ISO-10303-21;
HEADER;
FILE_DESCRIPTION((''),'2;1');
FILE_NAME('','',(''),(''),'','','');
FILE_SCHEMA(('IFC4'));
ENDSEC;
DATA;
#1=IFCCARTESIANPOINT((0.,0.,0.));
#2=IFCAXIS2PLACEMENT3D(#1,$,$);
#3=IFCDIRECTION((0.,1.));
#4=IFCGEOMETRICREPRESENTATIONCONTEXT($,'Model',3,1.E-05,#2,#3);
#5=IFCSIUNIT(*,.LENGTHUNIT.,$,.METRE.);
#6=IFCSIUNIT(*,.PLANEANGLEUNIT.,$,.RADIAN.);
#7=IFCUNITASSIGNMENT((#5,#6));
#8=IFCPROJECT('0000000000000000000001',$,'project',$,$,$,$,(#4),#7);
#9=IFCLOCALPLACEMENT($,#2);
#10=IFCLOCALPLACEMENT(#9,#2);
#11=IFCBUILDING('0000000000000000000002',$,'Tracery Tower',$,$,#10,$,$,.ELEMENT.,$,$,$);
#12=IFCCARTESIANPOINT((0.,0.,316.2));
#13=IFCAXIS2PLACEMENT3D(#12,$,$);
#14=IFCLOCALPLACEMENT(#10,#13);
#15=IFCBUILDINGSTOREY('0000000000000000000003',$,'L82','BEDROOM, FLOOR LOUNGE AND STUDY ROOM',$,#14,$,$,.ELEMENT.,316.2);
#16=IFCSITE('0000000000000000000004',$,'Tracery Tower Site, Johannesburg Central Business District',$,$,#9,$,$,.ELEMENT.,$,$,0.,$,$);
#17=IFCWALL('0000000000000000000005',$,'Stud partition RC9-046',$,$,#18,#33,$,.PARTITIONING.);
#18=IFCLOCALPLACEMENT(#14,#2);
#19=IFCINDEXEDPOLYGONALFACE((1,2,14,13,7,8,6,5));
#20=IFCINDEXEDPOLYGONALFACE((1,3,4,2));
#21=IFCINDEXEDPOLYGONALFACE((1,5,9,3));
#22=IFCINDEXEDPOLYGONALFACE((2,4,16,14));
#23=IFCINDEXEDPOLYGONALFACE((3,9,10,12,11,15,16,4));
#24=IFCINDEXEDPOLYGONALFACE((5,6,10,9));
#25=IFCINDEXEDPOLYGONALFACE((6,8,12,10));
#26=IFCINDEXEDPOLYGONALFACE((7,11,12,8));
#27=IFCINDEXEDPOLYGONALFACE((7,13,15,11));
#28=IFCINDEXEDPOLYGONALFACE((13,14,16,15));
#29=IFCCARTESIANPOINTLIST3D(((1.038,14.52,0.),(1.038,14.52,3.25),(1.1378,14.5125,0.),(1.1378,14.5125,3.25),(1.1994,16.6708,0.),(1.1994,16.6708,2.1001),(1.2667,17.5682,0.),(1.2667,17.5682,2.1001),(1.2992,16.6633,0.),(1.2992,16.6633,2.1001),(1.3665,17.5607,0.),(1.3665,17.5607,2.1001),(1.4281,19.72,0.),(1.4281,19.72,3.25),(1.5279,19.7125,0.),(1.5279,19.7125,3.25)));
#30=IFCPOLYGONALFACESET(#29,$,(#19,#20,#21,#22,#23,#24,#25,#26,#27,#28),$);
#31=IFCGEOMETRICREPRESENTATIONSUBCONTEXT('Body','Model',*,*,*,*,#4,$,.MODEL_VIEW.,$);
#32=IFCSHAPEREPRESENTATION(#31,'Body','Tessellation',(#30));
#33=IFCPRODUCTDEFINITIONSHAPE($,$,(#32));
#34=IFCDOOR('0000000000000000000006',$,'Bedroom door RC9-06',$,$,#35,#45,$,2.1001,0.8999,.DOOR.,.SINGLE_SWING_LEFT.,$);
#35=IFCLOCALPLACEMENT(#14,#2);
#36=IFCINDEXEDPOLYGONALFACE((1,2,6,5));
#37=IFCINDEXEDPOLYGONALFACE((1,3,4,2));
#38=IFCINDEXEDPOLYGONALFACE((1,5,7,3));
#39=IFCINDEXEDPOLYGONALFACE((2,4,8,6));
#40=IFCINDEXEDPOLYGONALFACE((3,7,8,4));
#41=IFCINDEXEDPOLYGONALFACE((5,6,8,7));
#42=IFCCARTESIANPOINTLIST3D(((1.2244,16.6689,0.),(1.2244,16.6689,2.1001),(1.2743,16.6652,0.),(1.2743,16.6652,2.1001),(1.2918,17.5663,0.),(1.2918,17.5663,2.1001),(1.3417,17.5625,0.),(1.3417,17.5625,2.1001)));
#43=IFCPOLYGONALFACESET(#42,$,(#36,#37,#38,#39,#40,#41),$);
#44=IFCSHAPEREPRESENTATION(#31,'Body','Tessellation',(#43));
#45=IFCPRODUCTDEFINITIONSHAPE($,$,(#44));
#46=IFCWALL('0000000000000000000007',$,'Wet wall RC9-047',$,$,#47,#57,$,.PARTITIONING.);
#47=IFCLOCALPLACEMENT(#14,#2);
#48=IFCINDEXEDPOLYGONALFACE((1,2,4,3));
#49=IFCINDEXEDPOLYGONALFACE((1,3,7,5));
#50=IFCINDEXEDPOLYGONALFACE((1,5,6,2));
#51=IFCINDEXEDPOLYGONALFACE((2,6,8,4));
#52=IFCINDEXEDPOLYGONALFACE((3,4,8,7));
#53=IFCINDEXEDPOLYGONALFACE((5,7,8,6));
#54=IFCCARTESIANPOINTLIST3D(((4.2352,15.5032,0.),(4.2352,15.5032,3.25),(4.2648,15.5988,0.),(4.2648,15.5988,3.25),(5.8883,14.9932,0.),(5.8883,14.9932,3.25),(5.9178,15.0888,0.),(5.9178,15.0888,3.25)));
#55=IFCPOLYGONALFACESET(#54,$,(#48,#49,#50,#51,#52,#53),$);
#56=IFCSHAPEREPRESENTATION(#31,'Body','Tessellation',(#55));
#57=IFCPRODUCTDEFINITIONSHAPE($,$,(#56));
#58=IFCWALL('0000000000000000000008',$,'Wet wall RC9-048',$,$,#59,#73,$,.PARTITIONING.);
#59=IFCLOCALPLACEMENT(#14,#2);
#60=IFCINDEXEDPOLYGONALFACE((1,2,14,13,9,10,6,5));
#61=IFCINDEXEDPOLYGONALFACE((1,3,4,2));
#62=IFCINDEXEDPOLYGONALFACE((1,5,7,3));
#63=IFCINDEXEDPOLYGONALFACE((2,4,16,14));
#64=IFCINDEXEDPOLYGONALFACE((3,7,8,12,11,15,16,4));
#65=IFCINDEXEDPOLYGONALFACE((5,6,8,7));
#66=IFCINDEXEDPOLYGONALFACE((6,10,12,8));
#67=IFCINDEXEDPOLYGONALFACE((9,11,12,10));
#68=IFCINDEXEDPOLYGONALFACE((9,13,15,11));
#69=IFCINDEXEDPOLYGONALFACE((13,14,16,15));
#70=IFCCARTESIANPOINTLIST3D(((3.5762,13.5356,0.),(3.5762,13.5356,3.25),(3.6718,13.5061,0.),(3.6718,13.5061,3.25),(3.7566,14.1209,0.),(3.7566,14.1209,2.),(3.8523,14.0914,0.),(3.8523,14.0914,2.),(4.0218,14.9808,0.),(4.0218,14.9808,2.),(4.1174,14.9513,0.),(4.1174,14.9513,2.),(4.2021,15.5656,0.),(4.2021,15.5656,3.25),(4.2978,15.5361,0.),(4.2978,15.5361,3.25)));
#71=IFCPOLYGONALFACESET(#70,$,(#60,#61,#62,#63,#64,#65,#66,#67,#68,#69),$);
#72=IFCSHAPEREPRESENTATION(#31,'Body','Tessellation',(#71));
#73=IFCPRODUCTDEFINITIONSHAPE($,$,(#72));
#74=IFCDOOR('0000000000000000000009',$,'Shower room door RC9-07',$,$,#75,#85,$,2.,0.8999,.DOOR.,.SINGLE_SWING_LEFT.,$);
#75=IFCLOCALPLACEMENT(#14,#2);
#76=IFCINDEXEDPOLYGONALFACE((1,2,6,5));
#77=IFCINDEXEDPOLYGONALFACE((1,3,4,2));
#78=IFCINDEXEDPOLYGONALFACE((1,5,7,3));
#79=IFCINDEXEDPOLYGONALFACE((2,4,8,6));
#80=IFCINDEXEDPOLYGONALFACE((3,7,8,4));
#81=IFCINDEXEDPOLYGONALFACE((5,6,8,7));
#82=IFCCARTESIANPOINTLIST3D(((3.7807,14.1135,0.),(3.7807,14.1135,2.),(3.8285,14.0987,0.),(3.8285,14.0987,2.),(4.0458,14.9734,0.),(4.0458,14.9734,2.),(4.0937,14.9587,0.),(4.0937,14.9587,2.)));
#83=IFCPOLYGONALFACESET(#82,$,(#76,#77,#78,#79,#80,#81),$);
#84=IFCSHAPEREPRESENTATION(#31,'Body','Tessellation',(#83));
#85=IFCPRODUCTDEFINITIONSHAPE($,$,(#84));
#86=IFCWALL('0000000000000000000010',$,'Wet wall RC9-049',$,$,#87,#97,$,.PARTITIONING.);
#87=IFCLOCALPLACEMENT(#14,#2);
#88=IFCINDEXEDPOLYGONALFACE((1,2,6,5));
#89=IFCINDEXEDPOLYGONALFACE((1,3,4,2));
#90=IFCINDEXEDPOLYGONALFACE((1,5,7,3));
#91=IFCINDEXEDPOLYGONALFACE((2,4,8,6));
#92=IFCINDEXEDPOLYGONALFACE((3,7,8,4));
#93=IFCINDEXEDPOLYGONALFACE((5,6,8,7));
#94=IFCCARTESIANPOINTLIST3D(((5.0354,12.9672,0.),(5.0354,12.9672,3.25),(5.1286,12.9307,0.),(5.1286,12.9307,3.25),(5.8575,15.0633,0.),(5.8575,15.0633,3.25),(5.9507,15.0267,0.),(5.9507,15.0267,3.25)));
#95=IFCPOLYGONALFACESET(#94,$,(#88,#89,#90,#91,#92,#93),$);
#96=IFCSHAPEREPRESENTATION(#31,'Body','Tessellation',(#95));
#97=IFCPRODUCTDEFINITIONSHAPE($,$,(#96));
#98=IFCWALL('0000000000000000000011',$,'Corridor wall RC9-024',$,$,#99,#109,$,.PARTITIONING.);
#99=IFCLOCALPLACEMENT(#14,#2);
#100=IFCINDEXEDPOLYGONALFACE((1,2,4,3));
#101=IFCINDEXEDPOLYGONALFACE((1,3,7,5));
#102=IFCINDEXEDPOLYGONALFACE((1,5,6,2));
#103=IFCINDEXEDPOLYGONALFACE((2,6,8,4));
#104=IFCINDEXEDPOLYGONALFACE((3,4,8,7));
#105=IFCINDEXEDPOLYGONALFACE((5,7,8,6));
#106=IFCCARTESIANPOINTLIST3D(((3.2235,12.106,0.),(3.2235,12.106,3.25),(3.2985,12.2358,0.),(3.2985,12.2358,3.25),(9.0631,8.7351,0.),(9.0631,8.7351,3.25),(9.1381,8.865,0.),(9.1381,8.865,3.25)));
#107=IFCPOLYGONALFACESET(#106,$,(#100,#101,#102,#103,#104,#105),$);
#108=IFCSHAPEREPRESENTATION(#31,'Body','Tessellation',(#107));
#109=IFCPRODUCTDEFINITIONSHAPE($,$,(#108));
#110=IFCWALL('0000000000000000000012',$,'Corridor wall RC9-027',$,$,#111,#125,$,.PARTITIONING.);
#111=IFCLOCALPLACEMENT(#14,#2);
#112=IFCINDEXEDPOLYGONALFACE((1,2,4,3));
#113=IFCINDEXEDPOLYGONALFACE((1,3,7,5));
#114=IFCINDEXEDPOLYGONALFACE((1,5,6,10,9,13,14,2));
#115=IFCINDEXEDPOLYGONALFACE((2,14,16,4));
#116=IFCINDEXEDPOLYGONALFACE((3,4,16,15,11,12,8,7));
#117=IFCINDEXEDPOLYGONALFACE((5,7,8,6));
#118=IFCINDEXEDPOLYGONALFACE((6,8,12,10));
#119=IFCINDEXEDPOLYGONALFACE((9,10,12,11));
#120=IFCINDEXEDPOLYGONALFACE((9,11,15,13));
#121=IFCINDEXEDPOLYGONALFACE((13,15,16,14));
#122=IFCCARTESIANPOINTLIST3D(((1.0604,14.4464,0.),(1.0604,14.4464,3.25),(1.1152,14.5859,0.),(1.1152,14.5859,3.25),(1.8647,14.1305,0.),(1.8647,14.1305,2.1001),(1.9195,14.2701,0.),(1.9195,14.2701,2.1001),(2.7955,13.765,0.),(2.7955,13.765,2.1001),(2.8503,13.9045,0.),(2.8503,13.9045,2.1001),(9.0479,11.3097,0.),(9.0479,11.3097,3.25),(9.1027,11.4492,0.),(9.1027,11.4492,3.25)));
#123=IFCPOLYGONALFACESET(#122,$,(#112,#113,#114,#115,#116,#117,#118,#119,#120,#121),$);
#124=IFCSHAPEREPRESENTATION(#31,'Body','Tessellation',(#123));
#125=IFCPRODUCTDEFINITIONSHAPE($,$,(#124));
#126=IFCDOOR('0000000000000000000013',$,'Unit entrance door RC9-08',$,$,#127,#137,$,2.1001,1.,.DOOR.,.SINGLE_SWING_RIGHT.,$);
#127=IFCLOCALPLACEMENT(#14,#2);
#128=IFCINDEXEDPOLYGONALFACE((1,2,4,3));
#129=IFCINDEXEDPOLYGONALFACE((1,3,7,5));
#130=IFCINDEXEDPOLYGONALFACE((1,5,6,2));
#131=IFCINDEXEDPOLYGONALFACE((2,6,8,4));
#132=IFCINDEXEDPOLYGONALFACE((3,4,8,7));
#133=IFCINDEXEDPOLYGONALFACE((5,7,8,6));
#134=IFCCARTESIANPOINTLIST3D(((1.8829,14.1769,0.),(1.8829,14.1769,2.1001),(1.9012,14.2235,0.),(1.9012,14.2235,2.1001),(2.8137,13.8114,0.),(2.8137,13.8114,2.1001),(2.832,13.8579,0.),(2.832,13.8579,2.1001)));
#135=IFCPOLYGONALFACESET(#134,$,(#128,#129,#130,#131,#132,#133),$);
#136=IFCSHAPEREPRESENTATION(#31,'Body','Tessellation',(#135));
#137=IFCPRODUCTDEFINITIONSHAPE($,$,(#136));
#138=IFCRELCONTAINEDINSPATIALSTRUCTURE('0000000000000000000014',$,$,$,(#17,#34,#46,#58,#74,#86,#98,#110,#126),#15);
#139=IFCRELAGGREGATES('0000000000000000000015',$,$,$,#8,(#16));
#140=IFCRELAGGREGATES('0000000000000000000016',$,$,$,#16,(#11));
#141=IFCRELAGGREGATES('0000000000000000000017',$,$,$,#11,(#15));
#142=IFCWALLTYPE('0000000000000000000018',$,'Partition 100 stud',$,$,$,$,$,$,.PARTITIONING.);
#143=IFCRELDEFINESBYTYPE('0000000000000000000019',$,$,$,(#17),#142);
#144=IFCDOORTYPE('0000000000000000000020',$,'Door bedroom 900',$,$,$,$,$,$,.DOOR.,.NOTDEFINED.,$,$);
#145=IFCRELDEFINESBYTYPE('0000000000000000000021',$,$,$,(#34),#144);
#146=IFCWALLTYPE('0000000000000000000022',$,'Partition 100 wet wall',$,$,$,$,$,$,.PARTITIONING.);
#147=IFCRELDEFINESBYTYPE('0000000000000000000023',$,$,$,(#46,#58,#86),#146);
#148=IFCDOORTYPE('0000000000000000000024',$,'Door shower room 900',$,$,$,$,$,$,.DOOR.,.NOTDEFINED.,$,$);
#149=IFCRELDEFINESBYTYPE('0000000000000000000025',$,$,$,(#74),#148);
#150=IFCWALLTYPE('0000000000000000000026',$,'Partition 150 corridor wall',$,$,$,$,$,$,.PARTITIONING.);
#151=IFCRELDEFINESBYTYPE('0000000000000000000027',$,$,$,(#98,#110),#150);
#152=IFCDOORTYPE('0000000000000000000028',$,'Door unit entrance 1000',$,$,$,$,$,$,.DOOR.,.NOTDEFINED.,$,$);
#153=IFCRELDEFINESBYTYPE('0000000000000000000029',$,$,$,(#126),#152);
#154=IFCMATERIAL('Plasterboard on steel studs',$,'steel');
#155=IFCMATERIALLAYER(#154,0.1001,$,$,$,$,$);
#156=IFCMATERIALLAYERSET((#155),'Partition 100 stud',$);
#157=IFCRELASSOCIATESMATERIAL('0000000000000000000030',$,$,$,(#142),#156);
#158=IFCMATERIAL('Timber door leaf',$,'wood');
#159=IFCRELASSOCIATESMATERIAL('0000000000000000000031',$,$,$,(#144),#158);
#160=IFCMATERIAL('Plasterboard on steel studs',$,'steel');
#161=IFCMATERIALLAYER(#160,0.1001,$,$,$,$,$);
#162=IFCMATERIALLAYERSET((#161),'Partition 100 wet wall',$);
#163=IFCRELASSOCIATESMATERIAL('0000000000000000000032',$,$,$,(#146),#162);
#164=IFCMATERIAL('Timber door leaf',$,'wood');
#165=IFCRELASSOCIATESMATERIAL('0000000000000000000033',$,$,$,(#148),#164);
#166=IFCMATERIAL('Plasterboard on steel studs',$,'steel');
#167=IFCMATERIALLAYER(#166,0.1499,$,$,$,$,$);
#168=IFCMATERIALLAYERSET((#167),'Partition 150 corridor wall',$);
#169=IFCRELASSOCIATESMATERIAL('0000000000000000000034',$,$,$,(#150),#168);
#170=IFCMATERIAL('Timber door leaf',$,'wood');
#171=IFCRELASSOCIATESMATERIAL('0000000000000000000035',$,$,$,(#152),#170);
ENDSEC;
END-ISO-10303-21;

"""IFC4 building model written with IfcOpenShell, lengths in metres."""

from ifc_helpers import new_model, si_unit, direction, frame, frame_2d, origin, place, context, subcontext, project, spatial, rectangle, extrude, material, layer, layer_set, type_object, element, fill, save


model = new_model("IFC4")

# Units and contexts
model_context = context("Model", 3, precision=1e-05, world=origin(), true_north=direction((0.0, 1.0)))
body_context = subcontext(model_context, "Body", "Model", "MODEL_VIEW")
ifc_project = project(units=[si_unit("LENGTHUNIT", "METRE"), si_unit("PLANEANGLEUNIT", "RADIAN")], contexts=[model_context])

# Site, building, storey
site_placement = place(None, origin())
site = spatial("IfcSite", under=ifc_project, at=site_placement, Name="Tracery Tower Site, Johannesburg Central Business District", CompositionType="ELEMENT", RefElevation=0.0)
building_placement = place(site_placement, origin())
building = spatial("IfcBuilding", under=site, at=building_placement, Name="Tracery Tower", CompositionType="ELEMENT")
storey_placement = place(building_placement, frame((0.0, 0.0, 316.2)))
storey = spatial("IfcBuildingStorey", under=building, at=storey_placement, Name="L82", Description="BEDROOM, FLOOR LOUNGE AND STUDY ROOM", CompositionType="ELEMENT", Elevation=316.2)

# Wall, opening, door
ifc_material_1 = material(Name="Plasterboard on steel studs", Category="steel")
ifc_layer_1 = layer(ifc_material_1, 0.1001)
ifc_layer_set_1 = layer_set([ifc_layer_1], Name="Partition 100 stud")
wall_type_1 = type_object("IfcWallType", Name="Partition 100 stud", PredefinedType="PARTITIONING", material=ifc_layer_set_1)
ifc_material_2 = material(Name="Timber door leaf", Category="wood")
door_type_1 = type_object("IfcDoorType", Name="Door bedroom 900", OperationType="NOTDEFINED", PredefinedType="DOOR", material=ifc_material_2)
wall_1_placement = place(storey_placement, frame((1.0879, 14.5161, 0.0), z_axis=(0.0, 0.0, 1.0), x_axis=(0.074817, 0.997197, 0.0)))
wall_1 = element("IfcWall", 1, at=wall_1_placement, inside=storey, type_object=wall_type_1, Name="Stud partition RC9-046", PredefinedType="PARTITIONING", context=body_context, shape_type="SweptSolid", body=[
    extrude(rectangle(XDim=5.2146, YDim=0.1001, at=frame_2d((2.6074, 0.0))), origin(), (0.0, 0.0, 1.0), 3.25),
])
opening_1_placement = place(wall_1_placement, frame((2.157, 0.0, 0.0)))
opening_1 = element("IfcOpeningElement", 2, at=opening_1_placement, cuts=wall_1, PredefinedType="OPENING", context=body_context, shape_type="SweptSolid", body=[
    extrude(rectangle(XDim=0.8999, YDim=2.1001, at=frame_2d((0.45, 1.05))), frame((0.0, 0.05, 0.0), z_axis=(0.0, -1.0, 0.0), x_axis=(1.0, 0.0, 0.0)), (0.0, 0.0, 1.0), 0.1001),
])
door_1_placement = place(opening_1_placement, origin())
door_1 = element("IfcDoor", 3, at=door_1_placement, inside=storey, type_object=door_type_1, Name="Bedroom door RC9-06", OperationType="SINGLE_SWING_LEFT", OverallHeight=2.1001, OverallWidth=0.8999, PredefinedType="DOOR", context=body_context, shape_type="SweptSolid", body=[
    extrude(rectangle(XDim=0.8999, YDim=2.1001, at=frame_2d((0.45, 1.05))), frame((0.0, 0.0249, 0.0), z_axis=(0.0, -1.0, 0.0), x_axis=(1.0, 0.0, 0.0)), (0.0, 0.0, 1.0), 0.05),
])
fill(opening_1, door_1)

# Wall
ifc_material_3 = material(Name="Plasterboard on steel studs", Category="steel")
ifc_layer_2 = layer(ifc_material_3, 0.1001)
ifc_layer_set_2 = layer_set([ifc_layer_2], Name="Partition 100 wet wall")
wall_type_2 = type_object("IfcWallType", Name="Partition 100 wet wall", PredefinedType="PARTITIONING", material=ifc_layer_set_2)
wall_2_placement = place(storey_placement, frame((4.25, 15.551, 0.0), z_axis=(0.0, 0.0, 1.0), x_axis=(0.955556, -0.29481, 0.0)))
element("IfcWall", 4, at=wall_2_placement, inside=storey, type_object=wall_type_2, Name="Wet wall RC9-047", PredefinedType="PARTITIONING", context=body_context, shape_type="SweptSolid", body=[
    extrude(rectangle(XDim=1.73, YDim=0.1001, at=frame_2d((0.865, 0.0))), origin(), (0.0, 0.0, 1.0), 3.25),
])

# Wall, opening, door
wall_3_placement = place(storey_placement, frame((3.624, 13.521, 0.0), z_axis=(0.0, 0.0, 1.0), x_axis=(0.294667, 0.9556, 0.0)))
wall_3 = element("IfcWall", 5, at=wall_3_placement, inside=storey, type_object=wall_type_2, Name="Wet wall RC9-048", PredefinedType="PARTITIONING", context=body_context, shape_type="SweptSolid", body=[
    extrude(rectangle(XDim=2.1243, YDim=0.1001, at=frame_2d((1.062, 0.0))), origin(), (0.0, 0.0, 1.0), 3.25),
])
opening_2_placement = place(wall_3_placement, frame((0.6123, 0.0, 0.0)))
opening_2 = element("IfcOpeningElement", 6, at=opening_2_placement, cuts=wall_3, PredefinedType="OPENING", context=body_context, shape_type="SweptSolid", body=[
    extrude(rectangle(XDim=0.8999, YDim=2.0, at=frame_2d((0.45, 1.0))), frame((0.0, 0.05, 0.0), z_axis=(0.0, -1.0, 0.0), x_axis=(1.0, 0.0, 0.0)), (0.0, 0.0, 1.0), 0.1001),
])
ifc_material_4 = material(Name="Timber door leaf", Category="wood")
door_type_2 = type_object("IfcDoorType", Name="Door shower room 900", OperationType="NOTDEFINED", PredefinedType="DOOR", material=ifc_material_4)
door_2_placement = place(opening_2_placement, origin())
door_2 = element("IfcDoor", 7, at=door_2_placement, inside=storey, type_object=door_type_2, Name="Shower room door RC9-07", OperationType="SINGLE_SWING_LEFT", OverallHeight=2.0, OverallWidth=0.8999, PredefinedType="DOOR", context=body_context, shape_type="SweptSolid", body=[
    extrude(rectangle(XDim=0.8999, YDim=2.0, at=frame_2d((0.45, 1.0))), frame((0.0, 0.0249, 0.0), z_axis=(0.0, -1.0, 0.0), x_axis=(1.0, 0.0, 0.0)), (0.0, 0.0, 1.0), 0.05),
])
fill(opening_2, door_2)

# Walls
wall_4_placement = place(storey_placement, frame((5.082, 12.949, 0.0), z_axis=(0.0, 0.0, 1.0), x_axis=(0.365119, 0.930961, 0.0)))
element("IfcWall", 8, at=wall_4_placement, inside=storey, type_object=wall_type_2, Name="Wet wall RC9-049", PredefinedType="PARTITIONING", context=body_context, shape_type="SweptSolid", body=[
    extrude(rectangle(XDim=2.2515, YDim=0.1001, at=frame_2d((1.1257, 0.0))), origin(), (0.0, 0.0, 1.0), 3.25),
])
ifc_material_5 = material(Name="Plasterboard on steel studs", Category="steel")
ifc_layer_3 = layer(ifc_material_5, 0.1499)
ifc_layer_set_3 = layer_set([ifc_layer_3], Name="Partition 150 corridor wall")
wall_type_3 = type_object("IfcWallType", Name="Partition 150 corridor wall", PredefinedType="PARTITIONING", material=ifc_layer_set_3)
wall_5_placement = place(storey_placement, frame((3.261, 12.1709, 0.0), z_axis=(0.0, 0.0, 1.0), x_axis=(0.866067, -0.499928, 0.0)))
element("IfcWall", 9, at=wall_5_placement, inside=storey, type_object=wall_type_3, Name="Corridor wall RC9-024", PredefinedType="PARTITIONING", context=body_context, shape_type="SweptSolid", body=[
    extrude(rectangle(XDim=6.7427, YDim=0.1499, at=frame_2d((3.3713, 0.0))), origin(), (0.0, 0.0, 1.0), 3.25),
])

# Wall, opening, door
wall_6_placement = place(storey_placement, frame((1.0879, 14.5161, 0.0), z_axis=(0.0, 0.0, 1.0), x_axis=(0.930801, -0.365526, 0.0)))
wall_6 = element("IfcWall", 10, at=wall_6_placement, inside=storey, type_object=wall_type_3, Name="Corridor wall RC9-027", PredefinedType="PARTITIONING", context=body_context, shape_type="SweptSolid", body=[
    extrude(rectangle(XDim=8.5813, YDim=0.1499, at=frame_2d((4.2905, 0.0))), origin(), (0.0, 0.0, 1.0), 3.25),
])
opening_3_placement = place(wall_6_placement, frame((0.864, 0.0, 0.0)))
opening_3 = element("IfcOpeningElement", 11, at=opening_3_placement, cuts=wall_6, PredefinedType="OPENING", context=body_context, shape_type="SweptSolid", body=[
    extrude(rectangle(XDim=1.0, YDim=2.1001, at=frame_2d((0.5, 1.05))), frame((0.0, 0.075, 0.0), z_axis=(0.0, -1.0, 0.0), x_axis=(1.0, 0.0, 0.0)), (0.0, 0.0, 1.0), 0.1499),
])
ifc_material_6 = material(Name="Timber door leaf", Category="wood")
door_type_3 = type_object("IfcDoorType", Name="Door unit entrance 1000", OperationType="NOTDEFINED", PredefinedType="DOOR", material=ifc_material_6)
door_3_placement = place(opening_3_placement, origin())
door_3 = element("IfcDoor", 12, at=door_3_placement, inside=storey, type_object=door_type_3, Name="Unit entrance door RC9-08", OperationType="SINGLE_SWING_RIGHT", OverallHeight=2.1001, OverallWidth=1.0, PredefinedType="DOOR", context=body_context, shape_type="SweptSolid", body=[
    extrude(rectangle(XDim=1.0, YDim=2.1001, at=frame_2d((0.5, 1.05))), frame((0.0, 0.0249, 0.0), z_axis=(0.0, -1.0, 0.0), x_axis=(1.0, 0.0, 0.0)), (0.0, 0.0, 1.0), 0.05),
])
fill(opening_3, door_3)

save(model, "model.ifc")
